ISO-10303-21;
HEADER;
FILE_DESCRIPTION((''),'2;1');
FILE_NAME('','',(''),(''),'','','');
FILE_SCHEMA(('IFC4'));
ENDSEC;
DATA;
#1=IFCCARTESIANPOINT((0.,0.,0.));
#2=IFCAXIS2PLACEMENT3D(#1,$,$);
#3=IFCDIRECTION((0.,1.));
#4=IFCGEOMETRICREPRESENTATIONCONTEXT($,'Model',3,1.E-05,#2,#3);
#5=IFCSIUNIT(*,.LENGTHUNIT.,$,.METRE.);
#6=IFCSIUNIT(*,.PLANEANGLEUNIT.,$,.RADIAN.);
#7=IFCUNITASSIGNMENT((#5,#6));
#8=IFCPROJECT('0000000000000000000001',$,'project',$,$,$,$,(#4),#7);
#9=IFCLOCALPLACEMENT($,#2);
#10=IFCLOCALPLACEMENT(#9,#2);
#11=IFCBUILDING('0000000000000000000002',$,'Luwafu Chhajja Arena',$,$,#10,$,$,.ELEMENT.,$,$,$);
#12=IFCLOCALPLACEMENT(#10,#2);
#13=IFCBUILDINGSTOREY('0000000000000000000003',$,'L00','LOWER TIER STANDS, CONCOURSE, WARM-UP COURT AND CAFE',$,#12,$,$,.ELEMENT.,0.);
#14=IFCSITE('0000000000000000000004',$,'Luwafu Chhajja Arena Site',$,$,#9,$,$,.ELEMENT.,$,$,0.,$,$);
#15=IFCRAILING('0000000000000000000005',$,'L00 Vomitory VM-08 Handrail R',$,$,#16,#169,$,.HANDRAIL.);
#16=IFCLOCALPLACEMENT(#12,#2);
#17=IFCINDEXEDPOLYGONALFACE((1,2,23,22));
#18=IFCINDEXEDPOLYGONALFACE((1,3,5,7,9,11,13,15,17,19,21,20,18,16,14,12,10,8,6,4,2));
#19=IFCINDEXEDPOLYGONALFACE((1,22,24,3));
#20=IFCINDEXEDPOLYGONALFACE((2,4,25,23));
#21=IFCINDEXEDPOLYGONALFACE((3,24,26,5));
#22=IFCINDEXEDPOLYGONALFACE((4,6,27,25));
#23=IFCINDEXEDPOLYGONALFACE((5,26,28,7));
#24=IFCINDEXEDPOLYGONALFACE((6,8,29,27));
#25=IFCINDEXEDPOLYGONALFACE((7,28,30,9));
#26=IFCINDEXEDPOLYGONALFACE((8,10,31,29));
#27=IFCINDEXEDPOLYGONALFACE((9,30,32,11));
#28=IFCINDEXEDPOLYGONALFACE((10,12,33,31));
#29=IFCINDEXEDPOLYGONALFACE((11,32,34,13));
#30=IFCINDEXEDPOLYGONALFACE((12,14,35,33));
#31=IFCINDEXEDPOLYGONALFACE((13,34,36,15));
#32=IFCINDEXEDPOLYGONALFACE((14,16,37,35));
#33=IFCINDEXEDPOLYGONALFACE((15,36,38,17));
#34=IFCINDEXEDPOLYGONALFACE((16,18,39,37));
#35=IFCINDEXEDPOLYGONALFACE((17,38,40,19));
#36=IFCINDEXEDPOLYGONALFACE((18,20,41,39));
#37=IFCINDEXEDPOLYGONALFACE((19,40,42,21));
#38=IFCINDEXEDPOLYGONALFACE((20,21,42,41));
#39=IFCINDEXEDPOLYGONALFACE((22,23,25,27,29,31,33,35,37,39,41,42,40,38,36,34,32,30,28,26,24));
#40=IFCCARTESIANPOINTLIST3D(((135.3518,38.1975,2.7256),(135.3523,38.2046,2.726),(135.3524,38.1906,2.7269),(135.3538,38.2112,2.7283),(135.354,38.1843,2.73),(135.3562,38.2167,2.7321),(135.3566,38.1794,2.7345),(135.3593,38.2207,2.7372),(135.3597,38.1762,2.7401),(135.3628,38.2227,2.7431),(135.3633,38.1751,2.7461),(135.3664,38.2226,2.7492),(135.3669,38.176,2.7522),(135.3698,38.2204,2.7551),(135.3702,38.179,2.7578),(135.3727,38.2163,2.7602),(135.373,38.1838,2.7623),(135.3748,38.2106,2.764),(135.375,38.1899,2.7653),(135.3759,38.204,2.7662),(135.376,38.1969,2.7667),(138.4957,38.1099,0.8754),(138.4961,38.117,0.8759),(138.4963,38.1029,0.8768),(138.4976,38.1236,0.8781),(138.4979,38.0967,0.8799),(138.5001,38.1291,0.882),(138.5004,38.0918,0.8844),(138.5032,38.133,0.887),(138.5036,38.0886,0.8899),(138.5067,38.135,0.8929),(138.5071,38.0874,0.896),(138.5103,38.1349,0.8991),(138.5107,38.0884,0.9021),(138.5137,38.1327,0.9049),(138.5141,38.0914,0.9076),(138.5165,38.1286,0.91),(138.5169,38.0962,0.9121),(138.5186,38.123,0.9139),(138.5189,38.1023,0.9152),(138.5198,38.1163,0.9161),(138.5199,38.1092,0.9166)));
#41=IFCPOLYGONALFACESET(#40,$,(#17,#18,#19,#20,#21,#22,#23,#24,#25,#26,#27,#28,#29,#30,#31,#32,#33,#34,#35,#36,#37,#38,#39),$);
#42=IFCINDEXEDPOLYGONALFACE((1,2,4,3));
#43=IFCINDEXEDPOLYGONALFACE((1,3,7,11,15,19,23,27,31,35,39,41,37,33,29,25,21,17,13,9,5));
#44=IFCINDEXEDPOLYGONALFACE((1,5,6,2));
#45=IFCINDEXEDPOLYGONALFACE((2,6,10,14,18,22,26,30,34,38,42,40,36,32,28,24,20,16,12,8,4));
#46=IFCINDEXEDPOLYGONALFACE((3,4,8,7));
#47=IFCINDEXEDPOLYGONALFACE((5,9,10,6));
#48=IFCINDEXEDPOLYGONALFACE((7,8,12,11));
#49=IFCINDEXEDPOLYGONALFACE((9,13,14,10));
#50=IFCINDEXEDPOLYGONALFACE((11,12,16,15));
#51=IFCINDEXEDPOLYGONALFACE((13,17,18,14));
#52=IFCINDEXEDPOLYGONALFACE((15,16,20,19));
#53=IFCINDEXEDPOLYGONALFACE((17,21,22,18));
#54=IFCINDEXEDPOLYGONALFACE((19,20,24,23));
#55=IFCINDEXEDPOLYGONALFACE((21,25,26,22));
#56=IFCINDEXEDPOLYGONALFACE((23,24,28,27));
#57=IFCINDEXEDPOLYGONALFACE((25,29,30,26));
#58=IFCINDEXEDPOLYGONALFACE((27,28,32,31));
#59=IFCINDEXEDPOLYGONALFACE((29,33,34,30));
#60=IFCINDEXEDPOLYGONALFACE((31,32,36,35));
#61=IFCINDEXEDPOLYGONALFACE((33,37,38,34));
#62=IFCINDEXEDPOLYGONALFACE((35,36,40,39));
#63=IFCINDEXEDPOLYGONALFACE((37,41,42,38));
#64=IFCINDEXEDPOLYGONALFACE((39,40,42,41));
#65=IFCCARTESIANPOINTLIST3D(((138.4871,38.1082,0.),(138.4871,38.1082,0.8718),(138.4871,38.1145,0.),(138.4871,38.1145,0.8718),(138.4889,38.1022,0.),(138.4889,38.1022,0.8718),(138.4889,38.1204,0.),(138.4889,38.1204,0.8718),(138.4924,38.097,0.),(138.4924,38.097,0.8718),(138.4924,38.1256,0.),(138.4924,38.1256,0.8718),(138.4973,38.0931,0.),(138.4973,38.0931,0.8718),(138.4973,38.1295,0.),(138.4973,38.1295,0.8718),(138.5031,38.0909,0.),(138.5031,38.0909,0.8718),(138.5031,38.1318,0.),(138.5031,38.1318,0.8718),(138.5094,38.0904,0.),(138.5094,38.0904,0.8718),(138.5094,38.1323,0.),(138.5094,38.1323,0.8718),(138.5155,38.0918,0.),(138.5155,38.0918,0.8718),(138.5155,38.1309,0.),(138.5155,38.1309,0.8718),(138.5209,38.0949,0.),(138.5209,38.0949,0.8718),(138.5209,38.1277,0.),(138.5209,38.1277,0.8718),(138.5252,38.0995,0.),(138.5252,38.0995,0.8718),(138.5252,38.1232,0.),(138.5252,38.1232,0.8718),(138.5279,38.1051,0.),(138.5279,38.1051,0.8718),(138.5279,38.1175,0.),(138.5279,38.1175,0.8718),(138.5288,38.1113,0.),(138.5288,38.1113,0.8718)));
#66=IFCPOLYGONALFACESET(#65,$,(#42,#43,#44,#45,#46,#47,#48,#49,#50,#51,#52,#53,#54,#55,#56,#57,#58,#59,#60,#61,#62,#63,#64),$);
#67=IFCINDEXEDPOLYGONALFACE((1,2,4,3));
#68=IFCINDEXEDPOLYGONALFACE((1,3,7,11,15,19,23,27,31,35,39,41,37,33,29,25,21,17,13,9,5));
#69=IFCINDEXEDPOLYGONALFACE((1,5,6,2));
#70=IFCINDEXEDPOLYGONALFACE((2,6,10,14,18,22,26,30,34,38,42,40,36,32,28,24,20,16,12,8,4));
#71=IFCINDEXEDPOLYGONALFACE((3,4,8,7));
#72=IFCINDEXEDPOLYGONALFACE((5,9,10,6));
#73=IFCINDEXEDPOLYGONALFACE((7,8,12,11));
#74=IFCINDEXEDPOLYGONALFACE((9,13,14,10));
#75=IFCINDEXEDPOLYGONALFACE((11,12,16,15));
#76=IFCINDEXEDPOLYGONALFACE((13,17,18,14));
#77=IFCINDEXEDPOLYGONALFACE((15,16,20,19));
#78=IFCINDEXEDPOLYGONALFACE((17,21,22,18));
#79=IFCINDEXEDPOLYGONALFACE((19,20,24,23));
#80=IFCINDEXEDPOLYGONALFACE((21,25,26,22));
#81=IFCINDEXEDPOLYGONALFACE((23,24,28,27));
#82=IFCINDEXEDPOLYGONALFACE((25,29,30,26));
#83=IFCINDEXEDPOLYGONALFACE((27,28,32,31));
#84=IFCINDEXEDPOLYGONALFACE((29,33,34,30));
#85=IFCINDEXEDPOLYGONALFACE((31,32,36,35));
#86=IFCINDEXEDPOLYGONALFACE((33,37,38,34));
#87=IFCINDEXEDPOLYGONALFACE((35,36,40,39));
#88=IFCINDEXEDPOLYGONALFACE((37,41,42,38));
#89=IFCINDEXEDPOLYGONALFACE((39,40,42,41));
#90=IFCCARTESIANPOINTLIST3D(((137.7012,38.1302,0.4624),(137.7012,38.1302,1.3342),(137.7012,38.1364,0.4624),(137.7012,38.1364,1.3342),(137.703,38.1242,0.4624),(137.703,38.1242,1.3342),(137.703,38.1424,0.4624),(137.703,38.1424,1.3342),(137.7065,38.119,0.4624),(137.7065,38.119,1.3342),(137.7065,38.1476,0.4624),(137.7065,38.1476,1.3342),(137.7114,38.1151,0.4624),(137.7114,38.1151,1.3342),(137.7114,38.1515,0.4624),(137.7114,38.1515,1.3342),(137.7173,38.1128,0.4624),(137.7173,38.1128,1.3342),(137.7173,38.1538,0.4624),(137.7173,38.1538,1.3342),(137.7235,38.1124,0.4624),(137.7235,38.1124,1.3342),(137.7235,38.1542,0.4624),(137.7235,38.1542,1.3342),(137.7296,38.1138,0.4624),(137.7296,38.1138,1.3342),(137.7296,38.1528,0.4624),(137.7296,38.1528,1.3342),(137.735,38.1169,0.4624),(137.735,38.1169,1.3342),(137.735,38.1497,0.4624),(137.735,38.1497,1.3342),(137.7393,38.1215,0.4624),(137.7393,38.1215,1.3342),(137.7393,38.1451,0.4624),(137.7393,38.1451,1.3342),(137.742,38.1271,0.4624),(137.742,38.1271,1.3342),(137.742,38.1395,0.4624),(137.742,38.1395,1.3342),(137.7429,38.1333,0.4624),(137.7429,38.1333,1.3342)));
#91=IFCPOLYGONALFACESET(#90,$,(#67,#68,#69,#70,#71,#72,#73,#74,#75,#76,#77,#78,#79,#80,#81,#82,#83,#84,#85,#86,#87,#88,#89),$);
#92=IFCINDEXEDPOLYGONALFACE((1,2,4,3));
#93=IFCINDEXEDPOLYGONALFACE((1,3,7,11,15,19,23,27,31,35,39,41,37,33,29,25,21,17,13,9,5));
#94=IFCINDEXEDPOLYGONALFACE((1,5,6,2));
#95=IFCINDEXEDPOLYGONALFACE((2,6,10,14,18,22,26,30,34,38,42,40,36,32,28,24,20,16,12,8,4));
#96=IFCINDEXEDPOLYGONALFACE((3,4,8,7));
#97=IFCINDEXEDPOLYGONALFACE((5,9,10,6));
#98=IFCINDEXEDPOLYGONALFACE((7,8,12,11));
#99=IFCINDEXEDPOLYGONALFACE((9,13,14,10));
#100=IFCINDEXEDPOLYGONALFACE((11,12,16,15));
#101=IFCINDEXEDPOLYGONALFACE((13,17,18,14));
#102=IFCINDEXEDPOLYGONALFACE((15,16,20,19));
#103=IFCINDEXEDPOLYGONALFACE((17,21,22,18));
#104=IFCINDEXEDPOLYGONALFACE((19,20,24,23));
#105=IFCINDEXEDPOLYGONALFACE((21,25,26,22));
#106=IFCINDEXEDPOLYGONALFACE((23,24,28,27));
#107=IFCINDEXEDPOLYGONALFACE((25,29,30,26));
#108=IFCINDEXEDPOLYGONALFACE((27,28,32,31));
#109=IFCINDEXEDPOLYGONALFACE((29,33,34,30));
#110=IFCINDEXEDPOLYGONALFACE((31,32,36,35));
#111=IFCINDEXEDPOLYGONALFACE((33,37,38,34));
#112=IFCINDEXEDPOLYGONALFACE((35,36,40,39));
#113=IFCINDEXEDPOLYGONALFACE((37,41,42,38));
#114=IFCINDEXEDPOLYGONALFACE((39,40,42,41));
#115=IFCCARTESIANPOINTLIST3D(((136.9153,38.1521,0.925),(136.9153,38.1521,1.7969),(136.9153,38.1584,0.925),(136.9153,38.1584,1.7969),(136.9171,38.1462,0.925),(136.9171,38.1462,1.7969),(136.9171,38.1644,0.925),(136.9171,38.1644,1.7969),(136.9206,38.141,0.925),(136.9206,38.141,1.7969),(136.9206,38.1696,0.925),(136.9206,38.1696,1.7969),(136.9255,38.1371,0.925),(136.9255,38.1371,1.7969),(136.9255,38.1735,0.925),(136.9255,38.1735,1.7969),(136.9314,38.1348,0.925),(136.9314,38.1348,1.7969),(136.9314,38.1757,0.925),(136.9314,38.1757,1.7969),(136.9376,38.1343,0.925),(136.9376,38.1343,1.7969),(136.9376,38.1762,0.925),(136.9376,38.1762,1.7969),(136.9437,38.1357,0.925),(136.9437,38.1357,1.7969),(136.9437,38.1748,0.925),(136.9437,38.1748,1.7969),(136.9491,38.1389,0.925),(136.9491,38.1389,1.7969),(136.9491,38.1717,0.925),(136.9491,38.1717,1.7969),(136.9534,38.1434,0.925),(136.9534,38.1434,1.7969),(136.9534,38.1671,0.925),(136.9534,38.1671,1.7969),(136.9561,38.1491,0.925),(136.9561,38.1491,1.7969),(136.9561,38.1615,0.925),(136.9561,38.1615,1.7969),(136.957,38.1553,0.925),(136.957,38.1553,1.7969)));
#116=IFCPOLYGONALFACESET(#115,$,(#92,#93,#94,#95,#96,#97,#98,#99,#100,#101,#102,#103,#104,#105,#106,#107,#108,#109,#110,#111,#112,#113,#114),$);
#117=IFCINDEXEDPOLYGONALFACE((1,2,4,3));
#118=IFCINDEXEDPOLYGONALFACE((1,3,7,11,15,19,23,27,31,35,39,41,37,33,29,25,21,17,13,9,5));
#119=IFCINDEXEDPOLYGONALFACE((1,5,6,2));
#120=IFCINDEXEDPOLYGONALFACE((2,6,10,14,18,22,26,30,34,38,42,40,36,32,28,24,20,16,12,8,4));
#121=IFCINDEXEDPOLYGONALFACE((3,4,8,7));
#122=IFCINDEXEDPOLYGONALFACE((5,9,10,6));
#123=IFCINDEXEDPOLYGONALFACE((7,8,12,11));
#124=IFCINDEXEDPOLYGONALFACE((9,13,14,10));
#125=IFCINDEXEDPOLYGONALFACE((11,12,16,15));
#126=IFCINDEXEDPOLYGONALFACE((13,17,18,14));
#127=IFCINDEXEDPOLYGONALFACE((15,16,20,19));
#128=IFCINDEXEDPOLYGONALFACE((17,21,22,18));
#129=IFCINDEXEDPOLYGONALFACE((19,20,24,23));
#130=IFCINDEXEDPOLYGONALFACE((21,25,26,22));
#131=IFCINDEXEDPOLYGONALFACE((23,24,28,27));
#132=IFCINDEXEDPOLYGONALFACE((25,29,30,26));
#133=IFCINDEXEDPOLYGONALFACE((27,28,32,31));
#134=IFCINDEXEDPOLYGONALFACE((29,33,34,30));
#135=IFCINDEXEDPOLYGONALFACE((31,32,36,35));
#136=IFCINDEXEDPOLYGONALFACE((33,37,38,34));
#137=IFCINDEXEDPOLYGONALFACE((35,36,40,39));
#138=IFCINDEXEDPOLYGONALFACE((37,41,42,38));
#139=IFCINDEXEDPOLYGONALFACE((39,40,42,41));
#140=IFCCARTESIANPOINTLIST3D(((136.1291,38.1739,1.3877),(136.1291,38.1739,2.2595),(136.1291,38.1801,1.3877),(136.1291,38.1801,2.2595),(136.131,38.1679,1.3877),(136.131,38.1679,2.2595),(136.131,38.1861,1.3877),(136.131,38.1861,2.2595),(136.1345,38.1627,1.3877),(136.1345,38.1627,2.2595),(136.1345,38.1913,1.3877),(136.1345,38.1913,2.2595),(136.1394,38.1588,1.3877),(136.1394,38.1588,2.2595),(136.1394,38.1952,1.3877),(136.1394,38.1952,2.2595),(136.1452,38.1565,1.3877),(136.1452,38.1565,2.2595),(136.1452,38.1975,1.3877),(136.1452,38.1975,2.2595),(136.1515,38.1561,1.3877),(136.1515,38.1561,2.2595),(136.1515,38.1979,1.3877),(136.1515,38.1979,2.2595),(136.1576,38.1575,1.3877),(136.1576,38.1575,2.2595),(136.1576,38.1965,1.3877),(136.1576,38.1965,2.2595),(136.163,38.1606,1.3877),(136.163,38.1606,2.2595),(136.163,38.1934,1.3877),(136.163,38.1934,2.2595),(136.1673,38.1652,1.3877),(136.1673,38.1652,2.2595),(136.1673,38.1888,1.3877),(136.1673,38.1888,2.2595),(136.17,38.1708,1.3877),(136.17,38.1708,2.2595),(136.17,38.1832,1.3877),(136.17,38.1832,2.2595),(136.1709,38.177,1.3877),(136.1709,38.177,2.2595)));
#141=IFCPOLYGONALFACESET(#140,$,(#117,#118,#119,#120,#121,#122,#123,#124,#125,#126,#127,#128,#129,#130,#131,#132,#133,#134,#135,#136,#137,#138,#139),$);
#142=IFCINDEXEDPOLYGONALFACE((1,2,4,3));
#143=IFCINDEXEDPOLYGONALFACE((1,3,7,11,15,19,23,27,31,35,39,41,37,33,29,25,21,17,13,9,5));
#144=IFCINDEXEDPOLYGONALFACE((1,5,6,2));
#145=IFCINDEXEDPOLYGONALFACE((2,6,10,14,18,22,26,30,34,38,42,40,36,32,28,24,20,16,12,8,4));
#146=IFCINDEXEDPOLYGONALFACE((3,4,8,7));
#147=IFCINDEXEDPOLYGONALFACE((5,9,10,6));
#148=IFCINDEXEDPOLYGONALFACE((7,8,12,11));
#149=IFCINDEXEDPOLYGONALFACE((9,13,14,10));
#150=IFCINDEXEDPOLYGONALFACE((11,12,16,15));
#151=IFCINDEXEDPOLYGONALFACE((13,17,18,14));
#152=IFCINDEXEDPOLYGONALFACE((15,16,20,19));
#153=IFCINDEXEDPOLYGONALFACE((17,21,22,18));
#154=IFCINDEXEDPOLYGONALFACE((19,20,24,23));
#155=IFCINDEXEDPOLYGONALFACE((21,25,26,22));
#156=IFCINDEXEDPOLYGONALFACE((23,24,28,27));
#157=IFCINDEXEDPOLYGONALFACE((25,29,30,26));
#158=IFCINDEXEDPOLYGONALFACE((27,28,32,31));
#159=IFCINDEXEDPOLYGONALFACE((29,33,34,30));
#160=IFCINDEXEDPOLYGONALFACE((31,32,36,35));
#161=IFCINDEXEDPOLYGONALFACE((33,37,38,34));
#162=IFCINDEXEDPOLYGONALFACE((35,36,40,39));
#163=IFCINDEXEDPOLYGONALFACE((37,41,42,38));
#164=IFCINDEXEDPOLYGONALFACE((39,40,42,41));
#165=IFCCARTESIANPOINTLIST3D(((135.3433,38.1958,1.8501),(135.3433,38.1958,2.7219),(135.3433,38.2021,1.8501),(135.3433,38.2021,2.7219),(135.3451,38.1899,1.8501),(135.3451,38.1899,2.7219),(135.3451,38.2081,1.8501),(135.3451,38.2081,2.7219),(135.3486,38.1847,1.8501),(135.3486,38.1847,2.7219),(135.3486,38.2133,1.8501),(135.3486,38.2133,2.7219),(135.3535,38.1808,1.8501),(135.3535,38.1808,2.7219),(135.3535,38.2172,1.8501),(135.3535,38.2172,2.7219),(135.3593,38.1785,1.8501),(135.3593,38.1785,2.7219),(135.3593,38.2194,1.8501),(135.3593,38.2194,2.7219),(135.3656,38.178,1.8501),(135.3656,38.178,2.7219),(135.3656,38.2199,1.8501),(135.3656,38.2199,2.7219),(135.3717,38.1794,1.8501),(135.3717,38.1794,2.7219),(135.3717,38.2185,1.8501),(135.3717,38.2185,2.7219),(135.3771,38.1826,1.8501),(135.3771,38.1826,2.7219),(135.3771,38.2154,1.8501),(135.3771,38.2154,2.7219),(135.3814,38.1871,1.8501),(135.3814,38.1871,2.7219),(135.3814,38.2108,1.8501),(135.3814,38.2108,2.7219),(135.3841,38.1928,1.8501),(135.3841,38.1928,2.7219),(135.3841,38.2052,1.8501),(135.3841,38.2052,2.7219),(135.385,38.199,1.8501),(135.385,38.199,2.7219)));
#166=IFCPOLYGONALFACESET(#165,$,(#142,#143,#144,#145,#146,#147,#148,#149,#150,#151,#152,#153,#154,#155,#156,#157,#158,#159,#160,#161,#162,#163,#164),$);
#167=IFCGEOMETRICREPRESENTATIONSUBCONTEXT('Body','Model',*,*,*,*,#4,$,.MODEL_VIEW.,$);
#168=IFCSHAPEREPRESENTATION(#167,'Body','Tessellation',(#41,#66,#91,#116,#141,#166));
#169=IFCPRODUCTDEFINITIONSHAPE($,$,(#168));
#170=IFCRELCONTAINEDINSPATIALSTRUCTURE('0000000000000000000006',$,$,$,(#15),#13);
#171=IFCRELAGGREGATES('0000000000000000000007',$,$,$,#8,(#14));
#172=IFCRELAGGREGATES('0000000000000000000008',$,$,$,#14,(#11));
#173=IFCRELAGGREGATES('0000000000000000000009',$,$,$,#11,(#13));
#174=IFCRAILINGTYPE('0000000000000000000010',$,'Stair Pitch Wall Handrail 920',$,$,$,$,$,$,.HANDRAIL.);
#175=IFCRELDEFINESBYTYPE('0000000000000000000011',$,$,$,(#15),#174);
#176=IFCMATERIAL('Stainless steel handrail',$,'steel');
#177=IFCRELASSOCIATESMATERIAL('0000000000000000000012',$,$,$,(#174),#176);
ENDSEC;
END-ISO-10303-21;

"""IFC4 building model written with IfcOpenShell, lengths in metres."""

from ifc_helpers import new_model, si_unit, direction, frame, origin, origin_2d, place, context, subcontext, project, spatial, circle, extrude, material, type_object, element, save


model = new_model("IFC4")

# Units and contexts
model_context = context("Model", 3, precision=1e-05, world=origin(), true_north=direction((0.0, 1.0)))
body_context = subcontext(model_context, "Body", "Model", "MODEL_VIEW")
ifc_project = project(units=[si_unit("LENGTHUNIT", "METRE"), si_unit("PLANEANGLEUNIT", "RADIAN")], contexts=[model_context])

# Site, building, storey
site_placement = place(None, origin())
site = spatial("IfcSite", under=ifc_project, at=site_placement, Name="Luwafu Chhajja Arena Site", CompositionType="ELEMENT", RefElevation=0.0)
building_placement = place(site_placement, origin())
building = spatial("IfcBuilding", under=site, at=building_placement, Name="Luwafu Chhajja Arena", CompositionType="ELEMENT")
storey_placement = place(building_placement, origin())
storey = spatial("IfcBuildingStorey", under=building, at=storey_placement, Name="L00", Description="LOWER TIER STANDS, CONCOURSE, WARM-UP COURT AND CAFE", CompositionType="ELEMENT", Elevation=0.0)

# Railing
ifc_material_1 = material(Name="Stainless steel handrail", Category="steel")
railing_type_1 = type_object("IfcRailingType", Name="Stair Pitch Wall Handrail 920", PredefinedType="HANDRAIL", material=ifc_material_1)
railing_1_placement = place(storey_placement, frame((138.5078, 38.1113, 0.0)))
element("IfcRailing", 1, at=railing_1_placement, inside=storey, type_object=railing_type_1, Name="L00 Vomitory VM-08 Handrail R", PredefinedType="HANDRAIL", context=body_context, shape_type="SweptSolid", body=[
    extrude(circle(Radius=0.0239, at=origin_2d()), frame((0.0, 0.0, 0.896), z_axis=(-0.861589, 0.02402, 0.507038), x_axis=(-0.027868, -0.999612, 0.0)), (0.0, 0.0, 1.0), 3.6489),
    extrude(circle(Radius=0.021, at=origin_2d()), origin(), (0.0, 0.0, 1.0), 0.8718),
    extrude(circle(Radius=0.021, at=origin_2d()), frame((-0.7859, 0.022, 0.4624)), (0.0, 0.0, 1.0), 0.8718),
    extrude(circle(Radius=0.021, at=origin_2d()), frame((-1.5718, 0.0439, 0.925)), (0.0, 0.0, 1.0), 0.8718),
    extrude(circle(Radius=0.021, at=origin_2d()), frame((-2.3579, 0.0657, 1.3877)), (0.0, 0.0, 1.0), 0.8718),
    extrude(circle(Radius=0.021, at=origin_2d()), frame((-3.1438, 0.0876, 1.8501)), (0.0, 0.0, 1.0), 0.8718),
])

save(model, "model.ifc")
